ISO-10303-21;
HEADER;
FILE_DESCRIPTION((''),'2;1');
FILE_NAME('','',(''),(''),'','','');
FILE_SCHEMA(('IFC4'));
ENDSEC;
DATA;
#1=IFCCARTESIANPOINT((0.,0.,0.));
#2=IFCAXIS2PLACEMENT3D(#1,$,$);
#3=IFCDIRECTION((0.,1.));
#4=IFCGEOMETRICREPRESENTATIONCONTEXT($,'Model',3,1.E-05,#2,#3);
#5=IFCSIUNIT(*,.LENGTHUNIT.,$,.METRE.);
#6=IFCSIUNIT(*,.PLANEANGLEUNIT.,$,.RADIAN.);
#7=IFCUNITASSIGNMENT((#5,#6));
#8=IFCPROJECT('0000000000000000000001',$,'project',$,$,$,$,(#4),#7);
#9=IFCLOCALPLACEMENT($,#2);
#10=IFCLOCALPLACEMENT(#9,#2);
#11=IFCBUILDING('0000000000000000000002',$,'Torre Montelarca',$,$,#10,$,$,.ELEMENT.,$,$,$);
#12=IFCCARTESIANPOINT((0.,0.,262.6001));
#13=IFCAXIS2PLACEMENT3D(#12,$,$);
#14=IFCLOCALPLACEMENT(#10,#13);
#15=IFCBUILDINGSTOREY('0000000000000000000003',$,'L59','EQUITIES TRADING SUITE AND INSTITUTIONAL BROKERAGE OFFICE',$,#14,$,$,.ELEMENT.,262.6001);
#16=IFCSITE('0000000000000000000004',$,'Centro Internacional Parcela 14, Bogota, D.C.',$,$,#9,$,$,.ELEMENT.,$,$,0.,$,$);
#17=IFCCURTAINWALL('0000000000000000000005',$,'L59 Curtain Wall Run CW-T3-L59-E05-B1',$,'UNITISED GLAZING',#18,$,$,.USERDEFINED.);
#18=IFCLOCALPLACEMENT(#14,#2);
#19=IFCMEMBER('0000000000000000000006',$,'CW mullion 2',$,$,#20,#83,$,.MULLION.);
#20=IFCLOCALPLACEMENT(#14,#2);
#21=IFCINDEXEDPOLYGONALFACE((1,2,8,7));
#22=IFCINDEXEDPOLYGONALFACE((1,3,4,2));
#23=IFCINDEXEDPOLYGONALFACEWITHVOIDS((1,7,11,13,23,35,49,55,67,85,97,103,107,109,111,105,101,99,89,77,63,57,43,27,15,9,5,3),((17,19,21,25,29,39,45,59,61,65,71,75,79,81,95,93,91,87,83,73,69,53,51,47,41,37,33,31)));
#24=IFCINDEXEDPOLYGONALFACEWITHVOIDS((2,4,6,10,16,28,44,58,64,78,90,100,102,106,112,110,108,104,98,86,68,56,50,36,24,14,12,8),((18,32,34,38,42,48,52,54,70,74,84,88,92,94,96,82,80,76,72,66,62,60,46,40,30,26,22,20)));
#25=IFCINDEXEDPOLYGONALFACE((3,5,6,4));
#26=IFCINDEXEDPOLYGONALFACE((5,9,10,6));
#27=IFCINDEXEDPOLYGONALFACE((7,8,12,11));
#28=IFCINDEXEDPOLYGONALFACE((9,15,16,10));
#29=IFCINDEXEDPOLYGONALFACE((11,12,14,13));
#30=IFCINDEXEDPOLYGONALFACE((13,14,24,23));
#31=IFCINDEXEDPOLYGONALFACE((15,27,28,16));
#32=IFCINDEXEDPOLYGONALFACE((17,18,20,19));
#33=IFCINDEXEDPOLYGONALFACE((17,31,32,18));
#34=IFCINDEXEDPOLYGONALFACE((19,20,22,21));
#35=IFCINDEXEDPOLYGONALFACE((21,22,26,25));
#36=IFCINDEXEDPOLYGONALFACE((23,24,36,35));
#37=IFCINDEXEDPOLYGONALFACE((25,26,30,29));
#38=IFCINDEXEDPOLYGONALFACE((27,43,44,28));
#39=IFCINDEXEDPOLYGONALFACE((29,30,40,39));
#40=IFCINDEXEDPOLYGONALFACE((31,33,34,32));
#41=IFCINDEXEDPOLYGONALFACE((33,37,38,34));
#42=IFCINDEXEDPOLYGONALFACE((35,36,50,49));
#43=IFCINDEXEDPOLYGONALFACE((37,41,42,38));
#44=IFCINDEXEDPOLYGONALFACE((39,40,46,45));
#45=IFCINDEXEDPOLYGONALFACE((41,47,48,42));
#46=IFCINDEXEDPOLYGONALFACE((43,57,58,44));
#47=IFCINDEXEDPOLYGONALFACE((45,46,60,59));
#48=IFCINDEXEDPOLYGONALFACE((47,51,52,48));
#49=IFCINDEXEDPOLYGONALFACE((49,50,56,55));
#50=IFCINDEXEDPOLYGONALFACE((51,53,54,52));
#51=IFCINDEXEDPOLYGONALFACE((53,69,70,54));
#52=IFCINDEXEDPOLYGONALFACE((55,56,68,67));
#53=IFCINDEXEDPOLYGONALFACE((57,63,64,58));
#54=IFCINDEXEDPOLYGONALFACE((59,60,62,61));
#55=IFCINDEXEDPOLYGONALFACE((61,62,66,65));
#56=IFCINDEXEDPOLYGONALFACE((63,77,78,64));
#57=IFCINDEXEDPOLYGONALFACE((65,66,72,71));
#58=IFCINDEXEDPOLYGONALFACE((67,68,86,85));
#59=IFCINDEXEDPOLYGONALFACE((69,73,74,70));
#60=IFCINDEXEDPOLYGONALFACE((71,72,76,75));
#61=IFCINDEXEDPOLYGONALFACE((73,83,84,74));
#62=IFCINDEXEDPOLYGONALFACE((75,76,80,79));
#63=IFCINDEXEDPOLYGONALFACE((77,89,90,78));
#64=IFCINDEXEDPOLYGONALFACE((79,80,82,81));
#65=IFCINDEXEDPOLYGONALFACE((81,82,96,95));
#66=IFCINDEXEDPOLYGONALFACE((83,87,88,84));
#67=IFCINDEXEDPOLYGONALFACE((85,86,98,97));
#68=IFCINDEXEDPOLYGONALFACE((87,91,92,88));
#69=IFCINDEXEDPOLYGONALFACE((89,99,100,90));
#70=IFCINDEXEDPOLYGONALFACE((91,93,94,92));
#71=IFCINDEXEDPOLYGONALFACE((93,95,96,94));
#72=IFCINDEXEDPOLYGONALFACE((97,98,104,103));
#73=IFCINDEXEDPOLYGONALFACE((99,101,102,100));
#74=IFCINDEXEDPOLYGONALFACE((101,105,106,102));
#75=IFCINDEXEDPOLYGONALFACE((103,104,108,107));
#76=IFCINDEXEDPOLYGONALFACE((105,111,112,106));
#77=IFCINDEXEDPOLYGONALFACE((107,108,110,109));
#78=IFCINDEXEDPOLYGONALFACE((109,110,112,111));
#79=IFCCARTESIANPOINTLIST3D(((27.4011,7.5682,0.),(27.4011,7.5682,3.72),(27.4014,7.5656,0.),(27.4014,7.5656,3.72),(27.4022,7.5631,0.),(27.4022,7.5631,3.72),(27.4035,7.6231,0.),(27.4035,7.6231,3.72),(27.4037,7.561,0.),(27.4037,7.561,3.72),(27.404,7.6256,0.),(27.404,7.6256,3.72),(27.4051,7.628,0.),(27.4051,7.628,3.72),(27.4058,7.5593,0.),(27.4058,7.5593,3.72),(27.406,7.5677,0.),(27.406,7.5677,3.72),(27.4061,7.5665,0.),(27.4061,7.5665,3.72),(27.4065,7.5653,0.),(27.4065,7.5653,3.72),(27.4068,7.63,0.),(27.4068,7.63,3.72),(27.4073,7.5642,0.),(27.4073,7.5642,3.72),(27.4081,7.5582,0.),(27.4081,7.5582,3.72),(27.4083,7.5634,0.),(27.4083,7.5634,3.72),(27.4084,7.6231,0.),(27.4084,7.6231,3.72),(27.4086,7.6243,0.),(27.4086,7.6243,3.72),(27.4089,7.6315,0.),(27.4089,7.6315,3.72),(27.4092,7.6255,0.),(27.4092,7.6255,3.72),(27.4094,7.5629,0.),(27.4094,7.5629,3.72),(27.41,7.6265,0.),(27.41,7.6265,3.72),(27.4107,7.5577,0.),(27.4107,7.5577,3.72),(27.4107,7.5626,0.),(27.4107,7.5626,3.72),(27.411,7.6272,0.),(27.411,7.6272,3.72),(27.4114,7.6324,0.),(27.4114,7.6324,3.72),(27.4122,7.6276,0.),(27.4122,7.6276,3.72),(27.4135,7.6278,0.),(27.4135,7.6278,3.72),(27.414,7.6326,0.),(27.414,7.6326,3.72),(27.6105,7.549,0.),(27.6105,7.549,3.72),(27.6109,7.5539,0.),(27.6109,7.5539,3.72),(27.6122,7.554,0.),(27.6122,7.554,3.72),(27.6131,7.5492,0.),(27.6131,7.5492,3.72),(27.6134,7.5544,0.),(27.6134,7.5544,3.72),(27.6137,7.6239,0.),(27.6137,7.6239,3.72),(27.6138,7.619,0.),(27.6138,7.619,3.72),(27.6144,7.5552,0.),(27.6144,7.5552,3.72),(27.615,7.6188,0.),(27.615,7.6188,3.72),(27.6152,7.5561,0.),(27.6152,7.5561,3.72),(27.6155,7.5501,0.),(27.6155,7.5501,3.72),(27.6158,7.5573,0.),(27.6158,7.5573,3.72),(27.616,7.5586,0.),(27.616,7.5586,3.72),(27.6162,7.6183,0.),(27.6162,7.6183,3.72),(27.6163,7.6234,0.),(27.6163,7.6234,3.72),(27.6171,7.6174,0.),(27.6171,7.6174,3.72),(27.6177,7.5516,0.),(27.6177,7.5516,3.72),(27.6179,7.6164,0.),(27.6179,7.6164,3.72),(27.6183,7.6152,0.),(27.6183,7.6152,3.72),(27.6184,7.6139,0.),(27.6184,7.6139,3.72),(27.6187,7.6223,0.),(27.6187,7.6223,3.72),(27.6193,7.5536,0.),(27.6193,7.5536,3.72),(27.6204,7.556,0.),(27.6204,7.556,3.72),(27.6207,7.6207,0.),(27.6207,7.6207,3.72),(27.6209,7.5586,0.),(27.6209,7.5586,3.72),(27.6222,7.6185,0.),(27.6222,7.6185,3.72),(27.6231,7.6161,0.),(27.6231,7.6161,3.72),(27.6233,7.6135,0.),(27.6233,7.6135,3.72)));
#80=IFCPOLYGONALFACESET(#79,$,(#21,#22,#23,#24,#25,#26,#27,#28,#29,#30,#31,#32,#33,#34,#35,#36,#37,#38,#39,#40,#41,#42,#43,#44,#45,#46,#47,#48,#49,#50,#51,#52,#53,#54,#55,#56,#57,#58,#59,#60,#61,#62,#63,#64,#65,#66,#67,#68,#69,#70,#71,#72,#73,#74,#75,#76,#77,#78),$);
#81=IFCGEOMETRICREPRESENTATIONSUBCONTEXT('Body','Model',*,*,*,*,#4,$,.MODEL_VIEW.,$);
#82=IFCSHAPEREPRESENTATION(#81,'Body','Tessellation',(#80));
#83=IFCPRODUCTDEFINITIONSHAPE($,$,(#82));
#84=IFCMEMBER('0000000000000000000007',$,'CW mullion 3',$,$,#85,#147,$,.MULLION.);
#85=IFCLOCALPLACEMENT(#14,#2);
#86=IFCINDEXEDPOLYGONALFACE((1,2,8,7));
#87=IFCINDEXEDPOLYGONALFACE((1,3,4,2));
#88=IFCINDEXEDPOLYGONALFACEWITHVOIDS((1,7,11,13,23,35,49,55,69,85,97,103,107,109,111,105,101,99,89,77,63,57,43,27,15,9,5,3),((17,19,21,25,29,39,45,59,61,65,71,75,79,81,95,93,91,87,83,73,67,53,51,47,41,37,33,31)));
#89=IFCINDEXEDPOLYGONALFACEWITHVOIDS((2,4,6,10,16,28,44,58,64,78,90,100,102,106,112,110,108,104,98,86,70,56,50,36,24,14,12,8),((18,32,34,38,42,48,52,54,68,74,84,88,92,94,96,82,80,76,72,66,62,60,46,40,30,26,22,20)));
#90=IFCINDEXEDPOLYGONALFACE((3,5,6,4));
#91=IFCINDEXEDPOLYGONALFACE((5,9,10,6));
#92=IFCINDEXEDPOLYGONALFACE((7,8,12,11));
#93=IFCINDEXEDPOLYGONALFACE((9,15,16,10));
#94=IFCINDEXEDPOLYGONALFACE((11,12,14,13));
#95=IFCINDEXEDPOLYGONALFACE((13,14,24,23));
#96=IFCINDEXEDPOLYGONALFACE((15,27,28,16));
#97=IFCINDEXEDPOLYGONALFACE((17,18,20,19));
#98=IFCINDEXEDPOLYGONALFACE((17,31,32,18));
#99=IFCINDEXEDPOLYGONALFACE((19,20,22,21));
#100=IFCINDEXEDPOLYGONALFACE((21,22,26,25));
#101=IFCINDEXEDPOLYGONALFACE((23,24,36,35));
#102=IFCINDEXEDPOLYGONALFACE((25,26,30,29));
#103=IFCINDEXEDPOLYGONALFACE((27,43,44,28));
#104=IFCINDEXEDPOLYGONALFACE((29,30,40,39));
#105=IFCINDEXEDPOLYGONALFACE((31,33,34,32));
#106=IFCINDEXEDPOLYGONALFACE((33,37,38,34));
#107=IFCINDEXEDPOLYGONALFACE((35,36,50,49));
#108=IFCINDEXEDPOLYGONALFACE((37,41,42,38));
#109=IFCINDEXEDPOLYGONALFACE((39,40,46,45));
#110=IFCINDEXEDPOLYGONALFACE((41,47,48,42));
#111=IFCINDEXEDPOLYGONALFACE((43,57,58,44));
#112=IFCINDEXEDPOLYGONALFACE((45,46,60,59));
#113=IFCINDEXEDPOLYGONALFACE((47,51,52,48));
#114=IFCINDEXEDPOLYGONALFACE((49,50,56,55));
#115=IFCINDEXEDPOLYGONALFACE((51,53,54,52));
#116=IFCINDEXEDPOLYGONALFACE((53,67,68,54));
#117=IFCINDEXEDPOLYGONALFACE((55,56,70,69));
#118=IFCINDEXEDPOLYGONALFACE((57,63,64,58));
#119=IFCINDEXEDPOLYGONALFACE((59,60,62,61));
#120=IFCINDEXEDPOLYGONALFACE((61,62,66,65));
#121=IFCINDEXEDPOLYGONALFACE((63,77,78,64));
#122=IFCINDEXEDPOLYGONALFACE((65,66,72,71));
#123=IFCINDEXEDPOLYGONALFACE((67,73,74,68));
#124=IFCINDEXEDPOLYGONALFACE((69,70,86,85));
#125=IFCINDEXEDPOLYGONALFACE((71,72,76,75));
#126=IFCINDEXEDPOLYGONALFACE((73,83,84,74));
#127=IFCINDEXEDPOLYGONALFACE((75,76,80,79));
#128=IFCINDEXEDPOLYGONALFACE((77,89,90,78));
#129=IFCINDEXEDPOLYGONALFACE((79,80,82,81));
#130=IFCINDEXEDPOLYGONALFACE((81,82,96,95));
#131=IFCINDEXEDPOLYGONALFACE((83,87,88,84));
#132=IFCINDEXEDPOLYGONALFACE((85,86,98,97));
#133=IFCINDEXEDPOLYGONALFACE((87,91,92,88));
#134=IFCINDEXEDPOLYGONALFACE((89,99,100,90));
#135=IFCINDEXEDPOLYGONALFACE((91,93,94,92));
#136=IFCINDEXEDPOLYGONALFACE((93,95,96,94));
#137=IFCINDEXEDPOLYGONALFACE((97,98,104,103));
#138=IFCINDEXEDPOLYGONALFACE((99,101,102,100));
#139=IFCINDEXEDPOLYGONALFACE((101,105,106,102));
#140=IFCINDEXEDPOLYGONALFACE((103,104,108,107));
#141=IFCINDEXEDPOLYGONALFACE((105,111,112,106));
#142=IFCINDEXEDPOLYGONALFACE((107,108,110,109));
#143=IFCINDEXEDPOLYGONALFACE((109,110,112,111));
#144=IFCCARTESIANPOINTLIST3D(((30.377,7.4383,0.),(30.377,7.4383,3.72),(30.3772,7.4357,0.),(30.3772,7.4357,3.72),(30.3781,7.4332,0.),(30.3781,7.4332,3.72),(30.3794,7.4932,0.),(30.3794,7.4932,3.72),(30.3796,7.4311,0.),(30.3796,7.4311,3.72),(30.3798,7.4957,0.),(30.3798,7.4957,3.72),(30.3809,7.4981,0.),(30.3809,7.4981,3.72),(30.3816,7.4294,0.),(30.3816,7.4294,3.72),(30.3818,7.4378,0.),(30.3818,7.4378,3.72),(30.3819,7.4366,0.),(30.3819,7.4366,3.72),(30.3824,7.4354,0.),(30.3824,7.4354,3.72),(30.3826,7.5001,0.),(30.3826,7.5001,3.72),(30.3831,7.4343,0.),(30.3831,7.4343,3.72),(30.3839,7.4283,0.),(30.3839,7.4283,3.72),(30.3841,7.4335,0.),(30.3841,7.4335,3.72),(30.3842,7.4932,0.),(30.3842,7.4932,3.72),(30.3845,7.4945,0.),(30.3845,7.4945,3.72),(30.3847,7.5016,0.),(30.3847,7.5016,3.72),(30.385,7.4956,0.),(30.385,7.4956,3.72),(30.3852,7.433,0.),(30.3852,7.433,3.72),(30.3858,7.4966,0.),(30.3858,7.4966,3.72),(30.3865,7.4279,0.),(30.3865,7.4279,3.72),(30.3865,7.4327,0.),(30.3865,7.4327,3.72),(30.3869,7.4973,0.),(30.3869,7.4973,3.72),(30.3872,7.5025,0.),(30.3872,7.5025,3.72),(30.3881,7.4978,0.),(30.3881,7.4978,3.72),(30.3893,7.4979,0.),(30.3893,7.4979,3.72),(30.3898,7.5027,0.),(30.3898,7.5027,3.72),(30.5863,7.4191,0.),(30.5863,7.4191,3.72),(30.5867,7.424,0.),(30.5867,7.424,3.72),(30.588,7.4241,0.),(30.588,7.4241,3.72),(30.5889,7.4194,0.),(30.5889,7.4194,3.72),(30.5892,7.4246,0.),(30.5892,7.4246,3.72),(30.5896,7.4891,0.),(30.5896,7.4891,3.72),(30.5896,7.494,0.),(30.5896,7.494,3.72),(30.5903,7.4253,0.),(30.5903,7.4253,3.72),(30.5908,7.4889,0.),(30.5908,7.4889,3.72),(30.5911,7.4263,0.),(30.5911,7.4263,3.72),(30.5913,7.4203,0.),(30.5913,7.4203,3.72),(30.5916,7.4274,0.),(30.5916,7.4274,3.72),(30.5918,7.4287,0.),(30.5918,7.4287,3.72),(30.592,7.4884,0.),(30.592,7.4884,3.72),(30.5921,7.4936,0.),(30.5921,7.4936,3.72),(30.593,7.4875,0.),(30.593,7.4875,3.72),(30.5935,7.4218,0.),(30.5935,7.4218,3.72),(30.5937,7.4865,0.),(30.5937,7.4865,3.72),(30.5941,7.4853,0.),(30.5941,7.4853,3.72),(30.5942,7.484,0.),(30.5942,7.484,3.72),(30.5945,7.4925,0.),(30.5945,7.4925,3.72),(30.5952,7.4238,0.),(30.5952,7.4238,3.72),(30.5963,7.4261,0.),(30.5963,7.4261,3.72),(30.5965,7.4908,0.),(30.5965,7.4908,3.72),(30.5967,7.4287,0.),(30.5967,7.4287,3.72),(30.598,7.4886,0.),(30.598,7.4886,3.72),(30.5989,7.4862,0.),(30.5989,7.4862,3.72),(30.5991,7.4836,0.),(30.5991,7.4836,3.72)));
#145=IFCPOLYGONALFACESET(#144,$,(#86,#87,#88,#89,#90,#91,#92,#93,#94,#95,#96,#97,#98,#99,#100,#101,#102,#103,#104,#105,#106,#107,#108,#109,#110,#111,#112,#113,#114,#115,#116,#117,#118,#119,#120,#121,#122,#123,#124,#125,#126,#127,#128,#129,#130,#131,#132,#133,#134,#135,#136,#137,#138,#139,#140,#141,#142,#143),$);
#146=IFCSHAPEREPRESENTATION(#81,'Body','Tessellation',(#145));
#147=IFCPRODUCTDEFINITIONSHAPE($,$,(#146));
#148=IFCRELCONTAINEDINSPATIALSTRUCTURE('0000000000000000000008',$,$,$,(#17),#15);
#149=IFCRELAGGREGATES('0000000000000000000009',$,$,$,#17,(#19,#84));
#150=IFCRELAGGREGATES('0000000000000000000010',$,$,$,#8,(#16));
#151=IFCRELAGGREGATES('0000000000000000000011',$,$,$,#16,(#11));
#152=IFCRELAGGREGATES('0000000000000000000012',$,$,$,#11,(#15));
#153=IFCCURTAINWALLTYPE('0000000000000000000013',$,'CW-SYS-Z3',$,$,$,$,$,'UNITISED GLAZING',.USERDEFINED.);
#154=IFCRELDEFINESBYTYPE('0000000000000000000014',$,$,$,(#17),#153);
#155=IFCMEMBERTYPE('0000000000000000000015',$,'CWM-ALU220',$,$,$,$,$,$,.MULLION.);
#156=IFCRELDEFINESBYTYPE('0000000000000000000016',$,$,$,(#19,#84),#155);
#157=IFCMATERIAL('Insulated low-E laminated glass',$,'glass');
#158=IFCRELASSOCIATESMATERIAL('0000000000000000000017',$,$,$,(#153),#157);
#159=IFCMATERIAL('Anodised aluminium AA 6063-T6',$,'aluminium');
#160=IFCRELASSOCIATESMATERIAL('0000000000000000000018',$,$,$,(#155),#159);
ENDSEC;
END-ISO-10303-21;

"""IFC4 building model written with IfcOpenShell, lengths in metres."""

from ifc_helpers import new_model, si_unit, direction, frame, origin, origin_2d, place, context, subcontext, project, spatial, hollow_rectangle, extrude, source, transform, mapped, material, material_profile, profile_set, type_object, element, aggregate, save


model = new_model("IFC4")

# Units and contexts
model_context = context("Model", 3, precision=1e-05, world=origin(), true_north=direction((0.0, 1.0)))
body_context = subcontext(model_context, "Body", "Model", "MODEL_VIEW")
ifc_project = project(units=[si_unit("LENGTHUNIT", "METRE"), si_unit("PLANEANGLEUNIT", "RADIAN")], contexts=[model_context])

# Site, building, storey
site_placement = place(None, origin())
site = spatial("IfcSite", under=ifc_project, at=site_placement, Name="Centro Internacional Parcela 14, Bogota, D.C.", CompositionType="ELEMENT", RefElevation=0.0)
building_placement = place(site_placement, origin())
building = spatial("IfcBuilding", under=site, at=building_placement, Name="Torre Montelarca", CompositionType="ELEMENT")
storey_placement = place(building_placement, frame((0.0, 0.0, 262.6001)))
storey = spatial("IfcBuildingStorey", under=building, at=storey_placement, Name="L59", Description="EQUITIES TRADING SUITE AND INSTITUTIONAL BROKERAGE OFFICE", CompositionType="ELEMENT", Elevation=262.6001)

# Curtain wall
ifc_material_1 = material(Name="Insulated low-E laminated glass", Category="glass")
curtain_wall_type = type_object("IfcCurtainWallType", Name="CW-SYS-Z3", ElementType="UNITISED GLAZING", PredefinedType="USERDEFINED", material=ifc_material_1)
curtain_wall_1_placement = place(storey_placement, origin())
curtain_wall_1 = element("IfcCurtainWall", 1, at=curtain_wall_1_placement, inside=storey, type_object=curtain_wall_type, Name="L59 Curtain Wall Run CW-T3-L59-E05-B1", ObjectType="UNITISED GLAZING", PredefinedType="USERDEFINED")
ifc_material_2 = material(Name="Anodised aluminium AA 6063-T6", Category="aluminium")

# Shared definitions
ifc_material_profile_1 = material_profile(ifc_material_2, hollow_rectangle(XDim=0.075, YDim=0.22, WallThickness=0.0049, InnerFilletRadius=0.0049, OuterFilletRadius=0.01, at=origin_2d()), Name="ALU75X220X5", Category="aluminium")
ifc_profile_set_1 = profile_set([ifc_material_profile_1], Name="Anodised aluminium AA 6063-T6")
member_type_1 = type_object("IfcMemberType", Name="CWM-ALU220", PredefinedType="MULLION", material=ifc_profile_set_1)
shared_shape_1 = source(origin(), body_context, "Body", "SweptSolid", [
    extrude(hollow_rectangle(XDim=0.075, YDim=0.22, WallThickness=0.0049, InnerFilletRadius=0.0049, OuterFilletRadius=0.01, at=origin_2d()), origin(), (0.0, 0.0, 1.0), 3.72),
])

# Members
member_1_placement = place(storey_placement, frame((27.5122, 7.5908, 0.0), z_axis=(0.0, 0.0, 1.0), x_axis=(0.043616, 0.999048, 0.0)))
member_1 = element("IfcMember", 2, at=member_1_placement, type_object=member_type_1, Name="CW mullion 2", PredefinedType="MULLION", context=body_context, shape_type="MappedRepresentation", body=[
    mapped(shared_shape_1, transform((0.0, 0.0, 0.0), scale=1.0)),
])
member_2_placement = place(storey_placement, frame((30.488, 7.4609, 0.0), z_axis=(0.0, 0.0, 1.0), x_axis=(0.043616, 0.999048, 0.0)))
member_2 = element("IfcMember", 3, at=member_2_placement, type_object=member_type_1, Name="CW mullion 3", PredefinedType="MULLION", context=body_context, shape_type="MappedRepresentation", body=[
    mapped(shared_shape_1, transform((0.0, 0.0, 0.0), scale=1.0)),
])

aggregate(curtain_wall_1, [member_1, member_2])

save(model, "model.ifc")
